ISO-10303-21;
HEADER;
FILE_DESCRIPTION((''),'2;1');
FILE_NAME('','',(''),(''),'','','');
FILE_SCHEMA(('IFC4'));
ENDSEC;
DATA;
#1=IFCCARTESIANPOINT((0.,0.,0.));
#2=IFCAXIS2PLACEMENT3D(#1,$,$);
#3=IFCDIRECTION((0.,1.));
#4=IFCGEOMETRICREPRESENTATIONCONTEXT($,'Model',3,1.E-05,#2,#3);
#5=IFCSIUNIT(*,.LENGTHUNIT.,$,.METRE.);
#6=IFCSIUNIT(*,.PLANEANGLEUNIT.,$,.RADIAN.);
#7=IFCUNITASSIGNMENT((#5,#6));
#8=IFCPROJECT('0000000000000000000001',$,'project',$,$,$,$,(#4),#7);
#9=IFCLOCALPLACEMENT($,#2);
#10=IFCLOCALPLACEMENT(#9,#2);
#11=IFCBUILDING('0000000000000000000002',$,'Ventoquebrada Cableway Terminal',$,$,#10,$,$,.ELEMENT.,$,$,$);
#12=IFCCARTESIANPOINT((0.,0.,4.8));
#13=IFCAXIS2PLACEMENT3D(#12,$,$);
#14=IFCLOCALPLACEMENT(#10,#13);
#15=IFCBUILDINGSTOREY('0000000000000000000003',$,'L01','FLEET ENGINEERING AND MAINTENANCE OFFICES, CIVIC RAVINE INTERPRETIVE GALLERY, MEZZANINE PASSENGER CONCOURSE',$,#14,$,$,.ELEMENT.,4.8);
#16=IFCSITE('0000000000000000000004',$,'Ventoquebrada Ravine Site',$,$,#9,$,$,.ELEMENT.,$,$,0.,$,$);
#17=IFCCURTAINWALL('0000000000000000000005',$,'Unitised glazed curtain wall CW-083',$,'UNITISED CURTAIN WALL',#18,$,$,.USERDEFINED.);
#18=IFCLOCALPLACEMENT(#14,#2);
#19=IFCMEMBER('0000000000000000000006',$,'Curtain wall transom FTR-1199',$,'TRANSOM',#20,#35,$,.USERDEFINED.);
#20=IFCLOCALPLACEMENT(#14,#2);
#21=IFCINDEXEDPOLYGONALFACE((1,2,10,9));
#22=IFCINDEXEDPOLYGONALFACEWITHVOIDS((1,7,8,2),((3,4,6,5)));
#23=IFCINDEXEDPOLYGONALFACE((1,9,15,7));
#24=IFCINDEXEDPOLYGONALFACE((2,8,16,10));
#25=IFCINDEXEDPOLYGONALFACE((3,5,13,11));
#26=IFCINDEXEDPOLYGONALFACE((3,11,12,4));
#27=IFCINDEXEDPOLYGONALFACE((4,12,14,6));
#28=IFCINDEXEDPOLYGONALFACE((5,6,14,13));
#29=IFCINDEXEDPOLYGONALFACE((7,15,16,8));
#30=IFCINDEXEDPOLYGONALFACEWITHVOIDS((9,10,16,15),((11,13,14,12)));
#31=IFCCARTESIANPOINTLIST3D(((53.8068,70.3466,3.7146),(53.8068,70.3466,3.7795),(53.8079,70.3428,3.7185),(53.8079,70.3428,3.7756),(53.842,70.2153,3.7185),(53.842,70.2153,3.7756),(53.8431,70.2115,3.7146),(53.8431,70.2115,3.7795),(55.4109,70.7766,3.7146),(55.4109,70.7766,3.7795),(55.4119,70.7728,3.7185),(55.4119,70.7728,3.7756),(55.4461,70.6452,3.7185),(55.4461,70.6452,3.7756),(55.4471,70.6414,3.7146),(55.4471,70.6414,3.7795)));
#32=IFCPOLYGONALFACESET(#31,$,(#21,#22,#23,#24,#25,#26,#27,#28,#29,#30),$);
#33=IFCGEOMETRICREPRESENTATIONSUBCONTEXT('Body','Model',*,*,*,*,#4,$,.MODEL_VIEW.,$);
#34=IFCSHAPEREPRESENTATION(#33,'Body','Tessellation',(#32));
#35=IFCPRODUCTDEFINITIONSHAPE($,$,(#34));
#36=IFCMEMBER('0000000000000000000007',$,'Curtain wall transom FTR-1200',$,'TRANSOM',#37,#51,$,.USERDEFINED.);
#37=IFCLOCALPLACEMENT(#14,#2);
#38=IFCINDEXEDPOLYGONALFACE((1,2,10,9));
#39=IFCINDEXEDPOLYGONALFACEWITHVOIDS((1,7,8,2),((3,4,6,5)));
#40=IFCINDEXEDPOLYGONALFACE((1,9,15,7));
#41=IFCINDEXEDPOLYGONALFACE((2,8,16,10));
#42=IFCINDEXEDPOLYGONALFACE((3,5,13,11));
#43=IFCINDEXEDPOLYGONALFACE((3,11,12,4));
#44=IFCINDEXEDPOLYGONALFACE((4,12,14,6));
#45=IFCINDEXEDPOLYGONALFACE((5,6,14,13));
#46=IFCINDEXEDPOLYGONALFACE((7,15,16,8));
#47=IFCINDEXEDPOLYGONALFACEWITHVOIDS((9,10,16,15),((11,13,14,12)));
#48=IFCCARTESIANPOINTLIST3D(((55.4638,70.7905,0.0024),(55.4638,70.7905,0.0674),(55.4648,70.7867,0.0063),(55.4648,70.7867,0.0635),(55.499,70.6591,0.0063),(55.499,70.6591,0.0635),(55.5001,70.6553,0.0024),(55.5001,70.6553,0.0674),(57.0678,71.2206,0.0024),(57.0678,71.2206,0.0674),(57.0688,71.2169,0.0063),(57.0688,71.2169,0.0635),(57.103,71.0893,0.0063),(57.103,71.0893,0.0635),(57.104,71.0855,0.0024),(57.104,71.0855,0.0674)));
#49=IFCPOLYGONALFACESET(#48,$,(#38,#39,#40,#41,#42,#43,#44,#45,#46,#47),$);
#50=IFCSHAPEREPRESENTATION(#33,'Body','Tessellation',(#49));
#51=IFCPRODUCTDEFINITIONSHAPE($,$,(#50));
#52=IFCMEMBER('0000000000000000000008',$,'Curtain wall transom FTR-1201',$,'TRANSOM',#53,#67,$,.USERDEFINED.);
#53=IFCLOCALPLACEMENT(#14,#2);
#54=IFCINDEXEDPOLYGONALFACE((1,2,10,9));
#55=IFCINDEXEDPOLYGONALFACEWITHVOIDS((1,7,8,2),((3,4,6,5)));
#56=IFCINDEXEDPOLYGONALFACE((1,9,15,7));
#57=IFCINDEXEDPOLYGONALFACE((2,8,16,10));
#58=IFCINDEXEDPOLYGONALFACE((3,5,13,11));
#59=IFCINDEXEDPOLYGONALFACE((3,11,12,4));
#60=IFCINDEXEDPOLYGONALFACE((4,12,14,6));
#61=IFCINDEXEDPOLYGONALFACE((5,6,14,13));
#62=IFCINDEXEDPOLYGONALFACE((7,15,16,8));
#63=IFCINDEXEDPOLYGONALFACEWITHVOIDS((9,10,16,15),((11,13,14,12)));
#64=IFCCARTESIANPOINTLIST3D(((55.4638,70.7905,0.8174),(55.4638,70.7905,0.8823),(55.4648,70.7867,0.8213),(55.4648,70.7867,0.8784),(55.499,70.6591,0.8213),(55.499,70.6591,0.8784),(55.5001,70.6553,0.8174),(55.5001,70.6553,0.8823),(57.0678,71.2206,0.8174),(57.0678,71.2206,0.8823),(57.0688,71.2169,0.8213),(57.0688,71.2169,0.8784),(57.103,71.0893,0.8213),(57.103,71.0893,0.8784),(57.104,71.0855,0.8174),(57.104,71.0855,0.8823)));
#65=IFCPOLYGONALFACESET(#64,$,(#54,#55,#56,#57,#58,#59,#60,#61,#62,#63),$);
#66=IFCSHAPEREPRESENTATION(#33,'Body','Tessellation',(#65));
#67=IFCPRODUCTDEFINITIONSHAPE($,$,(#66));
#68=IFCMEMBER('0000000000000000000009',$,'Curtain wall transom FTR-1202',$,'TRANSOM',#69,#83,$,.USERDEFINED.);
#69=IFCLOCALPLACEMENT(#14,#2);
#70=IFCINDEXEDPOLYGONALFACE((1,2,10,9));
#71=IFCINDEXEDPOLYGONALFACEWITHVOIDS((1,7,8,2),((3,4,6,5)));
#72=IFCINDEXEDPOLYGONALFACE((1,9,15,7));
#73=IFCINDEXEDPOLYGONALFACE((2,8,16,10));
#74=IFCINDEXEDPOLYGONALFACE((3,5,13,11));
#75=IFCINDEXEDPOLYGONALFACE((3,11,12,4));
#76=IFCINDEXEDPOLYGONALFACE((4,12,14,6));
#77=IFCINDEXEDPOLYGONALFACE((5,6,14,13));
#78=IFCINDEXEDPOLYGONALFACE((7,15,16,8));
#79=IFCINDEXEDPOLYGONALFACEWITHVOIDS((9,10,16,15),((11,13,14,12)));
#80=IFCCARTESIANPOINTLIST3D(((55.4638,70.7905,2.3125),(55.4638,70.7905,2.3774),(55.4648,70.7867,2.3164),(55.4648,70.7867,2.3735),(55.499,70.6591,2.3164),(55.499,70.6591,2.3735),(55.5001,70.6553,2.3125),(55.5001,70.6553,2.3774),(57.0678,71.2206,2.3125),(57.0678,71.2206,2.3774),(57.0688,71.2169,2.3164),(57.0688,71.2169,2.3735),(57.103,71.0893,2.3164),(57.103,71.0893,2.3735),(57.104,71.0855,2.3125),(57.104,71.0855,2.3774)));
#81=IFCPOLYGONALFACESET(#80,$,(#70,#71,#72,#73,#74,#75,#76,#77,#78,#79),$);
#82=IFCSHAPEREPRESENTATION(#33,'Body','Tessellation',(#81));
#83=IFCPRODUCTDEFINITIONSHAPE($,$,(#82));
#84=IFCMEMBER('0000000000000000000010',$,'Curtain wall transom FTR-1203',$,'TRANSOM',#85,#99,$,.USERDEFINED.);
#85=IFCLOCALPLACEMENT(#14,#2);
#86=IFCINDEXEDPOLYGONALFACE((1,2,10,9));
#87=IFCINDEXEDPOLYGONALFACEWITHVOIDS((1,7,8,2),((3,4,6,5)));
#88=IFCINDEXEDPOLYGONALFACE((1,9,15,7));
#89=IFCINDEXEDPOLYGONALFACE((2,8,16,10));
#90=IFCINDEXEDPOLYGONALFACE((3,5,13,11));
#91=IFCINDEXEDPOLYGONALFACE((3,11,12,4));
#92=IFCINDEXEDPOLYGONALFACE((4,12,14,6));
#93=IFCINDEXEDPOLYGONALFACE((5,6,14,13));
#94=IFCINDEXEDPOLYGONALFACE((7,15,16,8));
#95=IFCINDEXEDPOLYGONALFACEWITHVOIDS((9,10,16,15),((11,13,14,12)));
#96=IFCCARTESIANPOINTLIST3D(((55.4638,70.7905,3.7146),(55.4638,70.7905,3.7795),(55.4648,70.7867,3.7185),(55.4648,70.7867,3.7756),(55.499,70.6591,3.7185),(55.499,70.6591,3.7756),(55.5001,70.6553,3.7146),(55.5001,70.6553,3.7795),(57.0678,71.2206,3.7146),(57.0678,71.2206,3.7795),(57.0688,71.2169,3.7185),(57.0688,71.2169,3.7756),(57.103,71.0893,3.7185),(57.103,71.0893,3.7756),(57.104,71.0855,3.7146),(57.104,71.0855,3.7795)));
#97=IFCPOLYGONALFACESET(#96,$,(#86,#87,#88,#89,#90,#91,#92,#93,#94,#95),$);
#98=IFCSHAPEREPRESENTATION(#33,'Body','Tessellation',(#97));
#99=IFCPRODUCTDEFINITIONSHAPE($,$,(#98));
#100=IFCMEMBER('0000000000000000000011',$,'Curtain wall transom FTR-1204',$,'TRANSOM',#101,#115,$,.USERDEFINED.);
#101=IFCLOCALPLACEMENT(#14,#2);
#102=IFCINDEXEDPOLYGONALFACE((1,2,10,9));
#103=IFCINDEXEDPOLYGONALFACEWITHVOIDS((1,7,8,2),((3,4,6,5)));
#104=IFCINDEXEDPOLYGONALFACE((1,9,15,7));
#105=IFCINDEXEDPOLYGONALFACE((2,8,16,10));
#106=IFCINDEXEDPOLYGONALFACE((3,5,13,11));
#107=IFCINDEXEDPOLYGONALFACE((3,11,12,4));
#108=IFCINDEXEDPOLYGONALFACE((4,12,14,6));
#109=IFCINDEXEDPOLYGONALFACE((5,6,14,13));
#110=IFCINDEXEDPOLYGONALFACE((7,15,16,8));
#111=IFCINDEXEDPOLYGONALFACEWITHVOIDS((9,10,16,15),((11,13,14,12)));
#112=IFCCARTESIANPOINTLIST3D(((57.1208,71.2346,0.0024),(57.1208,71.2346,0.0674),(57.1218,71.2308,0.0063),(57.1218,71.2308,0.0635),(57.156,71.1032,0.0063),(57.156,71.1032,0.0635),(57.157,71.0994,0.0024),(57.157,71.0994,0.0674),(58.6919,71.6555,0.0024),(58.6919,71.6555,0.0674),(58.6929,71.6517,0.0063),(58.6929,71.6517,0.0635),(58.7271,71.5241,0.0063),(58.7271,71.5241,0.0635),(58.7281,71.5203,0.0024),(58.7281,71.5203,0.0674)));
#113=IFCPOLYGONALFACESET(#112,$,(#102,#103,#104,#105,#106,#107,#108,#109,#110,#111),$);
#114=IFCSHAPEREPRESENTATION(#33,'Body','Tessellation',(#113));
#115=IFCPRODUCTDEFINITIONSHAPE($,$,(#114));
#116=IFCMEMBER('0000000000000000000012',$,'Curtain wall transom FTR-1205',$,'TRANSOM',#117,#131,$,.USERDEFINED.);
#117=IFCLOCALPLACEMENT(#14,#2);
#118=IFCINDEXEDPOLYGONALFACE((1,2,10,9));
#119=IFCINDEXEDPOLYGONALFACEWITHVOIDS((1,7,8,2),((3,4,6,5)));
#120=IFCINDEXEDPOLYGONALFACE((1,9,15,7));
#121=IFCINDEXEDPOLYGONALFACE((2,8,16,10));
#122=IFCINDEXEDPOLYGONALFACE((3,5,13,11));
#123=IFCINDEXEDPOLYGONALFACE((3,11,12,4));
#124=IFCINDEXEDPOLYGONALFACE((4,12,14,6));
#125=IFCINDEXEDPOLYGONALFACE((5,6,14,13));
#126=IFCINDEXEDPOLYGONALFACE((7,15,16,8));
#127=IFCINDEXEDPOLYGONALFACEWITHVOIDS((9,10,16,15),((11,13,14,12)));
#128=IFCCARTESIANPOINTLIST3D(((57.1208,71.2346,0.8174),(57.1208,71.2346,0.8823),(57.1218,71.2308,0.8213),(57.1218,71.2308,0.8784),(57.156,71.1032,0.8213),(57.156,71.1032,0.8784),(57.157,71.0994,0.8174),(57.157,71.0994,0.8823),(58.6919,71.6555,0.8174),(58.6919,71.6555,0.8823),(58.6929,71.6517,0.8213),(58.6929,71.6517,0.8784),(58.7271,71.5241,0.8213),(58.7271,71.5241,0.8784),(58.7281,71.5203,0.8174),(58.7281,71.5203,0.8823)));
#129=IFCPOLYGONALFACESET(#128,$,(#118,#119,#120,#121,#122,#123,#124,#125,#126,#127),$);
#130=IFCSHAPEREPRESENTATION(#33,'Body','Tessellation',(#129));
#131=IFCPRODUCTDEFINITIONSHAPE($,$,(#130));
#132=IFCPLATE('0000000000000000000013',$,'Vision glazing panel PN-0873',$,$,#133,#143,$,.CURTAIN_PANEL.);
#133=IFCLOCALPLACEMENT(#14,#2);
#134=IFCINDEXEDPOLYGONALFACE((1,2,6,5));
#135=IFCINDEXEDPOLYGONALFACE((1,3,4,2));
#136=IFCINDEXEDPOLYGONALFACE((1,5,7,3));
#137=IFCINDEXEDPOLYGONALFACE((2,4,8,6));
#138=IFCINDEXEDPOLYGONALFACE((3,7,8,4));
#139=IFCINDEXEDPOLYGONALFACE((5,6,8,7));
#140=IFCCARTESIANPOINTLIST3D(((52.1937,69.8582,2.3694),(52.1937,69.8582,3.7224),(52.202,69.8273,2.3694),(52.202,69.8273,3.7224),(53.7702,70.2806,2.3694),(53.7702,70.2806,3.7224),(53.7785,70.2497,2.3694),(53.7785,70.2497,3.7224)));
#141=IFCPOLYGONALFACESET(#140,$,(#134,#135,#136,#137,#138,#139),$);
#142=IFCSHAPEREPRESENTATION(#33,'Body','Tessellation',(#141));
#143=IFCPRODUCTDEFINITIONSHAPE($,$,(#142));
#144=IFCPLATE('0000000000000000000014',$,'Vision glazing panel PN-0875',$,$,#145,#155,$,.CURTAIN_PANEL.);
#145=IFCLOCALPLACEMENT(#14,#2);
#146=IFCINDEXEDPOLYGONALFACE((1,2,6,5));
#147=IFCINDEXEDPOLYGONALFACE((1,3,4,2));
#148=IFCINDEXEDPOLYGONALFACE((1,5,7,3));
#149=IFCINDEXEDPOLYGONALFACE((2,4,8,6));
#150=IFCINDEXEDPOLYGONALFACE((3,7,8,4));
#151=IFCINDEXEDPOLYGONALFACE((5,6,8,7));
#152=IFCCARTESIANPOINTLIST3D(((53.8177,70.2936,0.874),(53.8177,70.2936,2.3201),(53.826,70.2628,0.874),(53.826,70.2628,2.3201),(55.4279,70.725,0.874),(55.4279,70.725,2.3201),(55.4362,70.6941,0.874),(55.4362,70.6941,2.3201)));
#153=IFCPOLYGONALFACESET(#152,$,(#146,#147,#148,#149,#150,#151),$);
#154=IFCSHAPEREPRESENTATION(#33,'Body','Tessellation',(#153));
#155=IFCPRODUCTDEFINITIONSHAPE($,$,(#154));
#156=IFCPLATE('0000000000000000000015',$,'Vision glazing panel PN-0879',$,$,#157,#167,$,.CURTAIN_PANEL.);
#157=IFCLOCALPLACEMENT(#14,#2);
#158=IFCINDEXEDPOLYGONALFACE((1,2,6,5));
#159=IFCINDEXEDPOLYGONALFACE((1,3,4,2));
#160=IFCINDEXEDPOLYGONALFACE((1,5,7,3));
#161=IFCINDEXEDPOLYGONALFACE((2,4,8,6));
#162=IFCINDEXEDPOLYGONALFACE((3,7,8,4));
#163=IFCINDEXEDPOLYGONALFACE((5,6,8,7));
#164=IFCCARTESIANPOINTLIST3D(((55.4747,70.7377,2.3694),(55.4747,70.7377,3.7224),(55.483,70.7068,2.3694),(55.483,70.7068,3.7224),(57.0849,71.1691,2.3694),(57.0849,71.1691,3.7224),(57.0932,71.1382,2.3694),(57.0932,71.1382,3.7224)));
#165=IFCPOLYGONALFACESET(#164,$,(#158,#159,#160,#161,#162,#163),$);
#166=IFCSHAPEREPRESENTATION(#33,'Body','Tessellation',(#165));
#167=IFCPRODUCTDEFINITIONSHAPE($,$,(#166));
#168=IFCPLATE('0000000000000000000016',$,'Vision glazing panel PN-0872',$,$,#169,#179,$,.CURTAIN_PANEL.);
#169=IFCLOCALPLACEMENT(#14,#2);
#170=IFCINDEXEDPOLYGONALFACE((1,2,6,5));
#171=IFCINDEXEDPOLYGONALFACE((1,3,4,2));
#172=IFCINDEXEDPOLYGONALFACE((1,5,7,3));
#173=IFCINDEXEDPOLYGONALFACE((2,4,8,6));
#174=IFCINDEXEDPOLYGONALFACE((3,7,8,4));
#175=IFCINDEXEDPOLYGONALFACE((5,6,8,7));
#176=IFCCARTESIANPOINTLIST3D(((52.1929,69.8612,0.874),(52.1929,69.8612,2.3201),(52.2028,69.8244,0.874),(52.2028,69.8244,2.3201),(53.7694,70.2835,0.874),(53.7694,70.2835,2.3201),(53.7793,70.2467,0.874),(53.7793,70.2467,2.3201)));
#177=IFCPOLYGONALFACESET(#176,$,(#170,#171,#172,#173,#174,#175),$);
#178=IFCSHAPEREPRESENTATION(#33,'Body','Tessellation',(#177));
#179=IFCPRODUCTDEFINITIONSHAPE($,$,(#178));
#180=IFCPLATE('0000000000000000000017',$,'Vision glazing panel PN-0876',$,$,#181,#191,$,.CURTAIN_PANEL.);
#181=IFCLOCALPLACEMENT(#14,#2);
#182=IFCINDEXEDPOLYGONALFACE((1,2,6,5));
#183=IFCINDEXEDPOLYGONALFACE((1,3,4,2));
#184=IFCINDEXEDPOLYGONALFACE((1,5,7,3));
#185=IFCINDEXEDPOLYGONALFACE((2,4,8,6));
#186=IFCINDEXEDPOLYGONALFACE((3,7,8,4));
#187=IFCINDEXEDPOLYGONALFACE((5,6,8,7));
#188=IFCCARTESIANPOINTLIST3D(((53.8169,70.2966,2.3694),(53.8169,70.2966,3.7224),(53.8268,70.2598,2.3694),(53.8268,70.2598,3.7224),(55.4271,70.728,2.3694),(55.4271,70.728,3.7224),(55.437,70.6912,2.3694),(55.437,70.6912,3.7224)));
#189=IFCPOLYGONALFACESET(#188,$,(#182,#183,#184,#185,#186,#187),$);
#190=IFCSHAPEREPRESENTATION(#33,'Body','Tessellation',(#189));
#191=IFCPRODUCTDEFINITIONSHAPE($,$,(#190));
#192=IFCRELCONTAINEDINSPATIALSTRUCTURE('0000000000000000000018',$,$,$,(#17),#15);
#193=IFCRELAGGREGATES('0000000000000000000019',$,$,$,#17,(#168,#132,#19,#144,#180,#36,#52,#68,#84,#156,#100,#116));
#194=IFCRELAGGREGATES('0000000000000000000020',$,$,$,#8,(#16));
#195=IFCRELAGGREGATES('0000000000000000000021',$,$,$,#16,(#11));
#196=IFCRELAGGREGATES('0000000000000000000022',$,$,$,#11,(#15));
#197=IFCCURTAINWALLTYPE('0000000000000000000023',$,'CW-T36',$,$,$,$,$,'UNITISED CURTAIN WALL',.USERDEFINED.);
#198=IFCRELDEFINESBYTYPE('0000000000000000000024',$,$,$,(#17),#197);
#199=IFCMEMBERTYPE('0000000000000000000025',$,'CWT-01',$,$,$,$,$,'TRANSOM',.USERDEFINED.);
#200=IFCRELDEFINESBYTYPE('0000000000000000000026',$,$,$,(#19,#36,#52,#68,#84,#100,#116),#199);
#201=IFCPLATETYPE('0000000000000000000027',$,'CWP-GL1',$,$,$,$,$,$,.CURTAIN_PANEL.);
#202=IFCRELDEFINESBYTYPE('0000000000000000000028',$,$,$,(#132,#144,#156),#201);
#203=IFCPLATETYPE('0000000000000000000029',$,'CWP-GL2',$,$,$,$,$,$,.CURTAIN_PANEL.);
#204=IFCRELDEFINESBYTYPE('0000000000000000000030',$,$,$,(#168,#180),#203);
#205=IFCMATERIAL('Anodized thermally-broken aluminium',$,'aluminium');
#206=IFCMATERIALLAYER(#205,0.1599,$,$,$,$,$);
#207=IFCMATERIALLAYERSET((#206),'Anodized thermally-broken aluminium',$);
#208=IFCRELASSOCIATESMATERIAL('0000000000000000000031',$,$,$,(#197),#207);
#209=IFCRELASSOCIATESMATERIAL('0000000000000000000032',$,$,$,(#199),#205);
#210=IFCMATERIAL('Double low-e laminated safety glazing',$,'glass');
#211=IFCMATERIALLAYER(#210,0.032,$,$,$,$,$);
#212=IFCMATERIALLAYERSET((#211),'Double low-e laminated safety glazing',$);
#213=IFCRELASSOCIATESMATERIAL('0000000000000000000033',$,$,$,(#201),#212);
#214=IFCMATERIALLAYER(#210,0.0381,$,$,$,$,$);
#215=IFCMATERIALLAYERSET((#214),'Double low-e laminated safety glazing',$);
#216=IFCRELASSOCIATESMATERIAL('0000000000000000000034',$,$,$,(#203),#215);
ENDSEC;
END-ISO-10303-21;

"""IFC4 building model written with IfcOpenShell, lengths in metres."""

from ifc_helpers import new_model, si_unit, direction, frame, origin, origin_2d, place, context, subcontext, project, spatial, rectangle, hollow_rectangle, extrude, material, layer, layer_set, material_profile, profile_set, type_object, element, aggregate, save


model = new_model("IFC4")

# Units and contexts
model_context = context("Model", 3, precision=1e-05, world=origin(), true_north=direction((0.0, 1.0)))
body_context = subcontext(model_context, "Body", "Model", "MODEL_VIEW")
ifc_project = project(units=[si_unit("LENGTHUNIT", "METRE"), si_unit("PLANEANGLEUNIT", "RADIAN")], contexts=[model_context])

# Site, building, storey
site_placement = place(None, origin())
site = spatial("IfcSite", under=ifc_project, at=site_placement, Name="Ventoquebrada Ravine Site", CompositionType="ELEMENT", RefElevation=0.0)
building_placement = place(site_placement, origin())
building = spatial("IfcBuilding", under=site, at=building_placement, Name="Ventoquebrada Cableway Terminal", CompositionType="ELEMENT")
storey_placement = place(building_placement, frame((0.0, 0.0, 4.8)))
storey = spatial("IfcBuildingStorey", under=building, at=storey_placement, Name="L01", Description="FLEET ENGINEERING AND MAINTENANCE OFFICES, CIVIC RAVINE INTERPRETIVE GALLERY, MEZZANINE PASSENGER CONCOURSE", CompositionType="ELEMENT", Elevation=4.8)

# Curtain wall, members, plates
ifc_material_1 = material(Name="Anodized thermally-broken aluminium", Category="aluminium")
ifc_layer_1 = layer(ifc_material_1, 0.1599)
ifc_layer_set_1 = layer_set([ifc_layer_1], Name="Anodized thermally-broken aluminium")
curtain_wall_type = type_object("IfcCurtainWallType", Name="CW-T36", ElementType="UNITISED CURTAIN WALL", PredefinedType="USERDEFINED", material=ifc_layer_set_1)
curtain_wall_placement = place(storey_placement, origin())
curtain_wall = element("IfcCurtainWall", 1, at=curtain_wall_placement, inside=storey, type_object=curtain_wall_type, Name="Unitised glazed curtain wall CW-083", ObjectType="UNITISED CURTAIN WALL", PredefinedType="USERDEFINED")
ifc_material_profile_1 = material_profile(ifc_material_1, hollow_rectangle(XDim=0.0649, YDim=0.1399, WallThickness=0.0039, at=origin_2d()), Name="CW-TRN-65X140")
ifc_profile_set_1 = profile_set([ifc_material_profile_1], Name="Anodized thermally-broken aluminium")
member_type_1 = type_object("IfcMemberType", Name="CWT-01", ElementType="TRANSOM", PredefinedType="USERDEFINED", material=ifc_profile_set_1)
member_1_placement = place(storey_placement, frame((53.825, 70.2791, 3.7471), z_axis=(0.965905, 0.258898, 0.0), x_axis=(0.0, 0.0, 1.0)))
member_1 = element("IfcMember", 2, at=member_1_placement, type_object=member_type_1, Name="Curtain wall transom FTR-1199", ObjectType="TRANSOM", PredefinedType="USERDEFINED", context=body_context, shape_type="SweptSolid", body=[
    extrude(hollow_rectangle(XDim=0.0649, YDim=0.1399, WallThickness=0.0039, at=origin_2d()), origin(), (0.0, 0.0, 1.0), 1.6606),
])
member_2_placement = place(storey_placement, frame((55.4819, 70.7229, 0.0349), z_axis=(0.965868, 0.259035, 0.0), x_axis=(0.0, 0.0, 1.0)))
member_2 = element("IfcMember", 3, at=member_2_placement, type_object=member_type_1, Name="Curtain wall transom FTR-1200", ObjectType="TRANSOM", PredefinedType="USERDEFINED", context=body_context, shape_type="SweptSolid", body=[
    extrude(hollow_rectangle(XDim=0.0649, YDim=0.1399, WallThickness=0.0039, at=origin_2d()), origin(), (0.0, 0.0, 1.0), 1.6606),
])
member_3_placement = place(storey_placement, frame((55.4819, 70.7229, 0.8499), z_axis=(0.965868, 0.259035, 0.0), x_axis=(0.0, 0.0, 1.0)))
member_3 = element("IfcMember", 4, at=member_3_placement, type_object=member_type_1, Name="Curtain wall transom FTR-1201", ObjectType="TRANSOM", PredefinedType="USERDEFINED", context=body_context, shape_type="SweptSolid", body=[
    extrude(hollow_rectangle(XDim=0.0649, YDim=0.1399, WallThickness=0.0039, at=origin_2d()), origin(), (0.0, 0.0, 1.0), 1.6606),
])
member_4_placement = place(storey_placement, frame((55.4819, 70.7229, 2.345), z_axis=(0.965868, 0.259035, 0.0), x_axis=(0.0, 0.0, 1.0)))
member_4 = element("IfcMember", 5, at=member_4_placement, type_object=member_type_1, Name="Curtain wall transom FTR-1202", ObjectType="TRANSOM", PredefinedType="USERDEFINED", context=body_context, shape_type="SweptSolid", body=[
    extrude(hollow_rectangle(XDim=0.0649, YDim=0.1399, WallThickness=0.0039, at=origin_2d()), origin(), (0.0, 0.0, 1.0), 1.6606),
])
member_5_placement = place(storey_placement, frame((55.4819, 70.7229, 3.7471), z_axis=(0.965868, 0.259035, 0.0), x_axis=(0.0, 0.0, 1.0)))
member_5 = element("IfcMember", 6, at=member_5_placement, type_object=member_type_1, Name="Curtain wall transom FTR-1203", ObjectType="TRANSOM", PredefinedType="USERDEFINED", context=body_context, shape_type="SweptSolid", body=[
    extrude(hollow_rectangle(XDim=0.0649, YDim=0.1399, WallThickness=0.0039, at=origin_2d()), origin(), (0.0, 0.0, 1.0), 1.6606),
])
member_6_placement = place(storey_placement, frame((57.1389, 71.167, 0.0349), z_axis=(0.965935, 0.258784, 0.0), x_axis=(0.0, 0.0, 1.0)))
member_6 = element("IfcMember", 7, at=member_6_placement, type_object=member_type_1, Name="Curtain wall transom FTR-1204", ObjectType="TRANSOM", PredefinedType="USERDEFINED", context=body_context, shape_type="SweptSolid", body=[
    extrude(hollow_rectangle(XDim=0.0649, YDim=0.1399, WallThickness=0.0039, at=origin_2d()), origin(), (0.0, 0.0, 1.0), 1.6265),
])
member_7_placement = place(storey_placement, frame((57.1389, 71.167, 0.8499), z_axis=(0.965935, 0.258784, 0.0), x_axis=(0.0, 0.0, 1.0)))
member_7 = element("IfcMember", 8, at=member_7_placement, type_object=member_type_1, Name="Curtain wall transom FTR-1205", ObjectType="TRANSOM", PredefinedType="USERDEFINED", context=body_context, shape_type="SweptSolid", body=[
    extrude(hollow_rectangle(XDim=0.0649, YDim=0.1399, WallThickness=0.0039, at=origin_2d()), origin(), (0.0, 0.0, 1.0), 1.6265),
])
ifc_material_2 = material(Name="Double low-e laminated safety glazing", Category="glass")
ifc_layer_2 = layer(ifc_material_2, 0.032)
ifc_layer_set_2 = layer_set([ifc_layer_2], Name="Double low-e laminated safety glazing")
plate_type_1 = type_object("IfcPlateType", Name="CWP-GL1", PredefinedType="CURTAIN_PANEL", material=ifc_layer_set_2)
plate_1_placement = place(storey_placement, frame((52.9861, 70.054, 2.3694), z_axis=(0.0, 0.0, 1.0), x_axis=(0.965935, 0.258785, 0.0)))
plate_1 = element("IfcPlate", 9, at=plate_1_placement, type_object=plate_type_1, Name="Vision glazing panel PN-0873", PredefinedType="CURTAIN_PANEL", context=body_context, shape_type="SweptSolid", body=[
    extrude(rectangle(XDim=1.6321, YDim=0.032, at=origin_2d()), origin(), (0.0, 0.0, 1.0), 1.353),
])
plate_2_placement = place(storey_placement, frame((54.627, 70.4939, 0.874), z_axis=(0.0, 0.0, 1.0), x_axis=(0.965935, 0.258785, 0.0)))
plate_2 = element("IfcPlate", 10, at=plate_2_placement, type_object=plate_type_1, Name="Vision glazing panel PN-0875", PredefinedType="CURTAIN_PANEL", context=body_context, shape_type="SweptSolid", body=[
    extrude(rectangle(XDim=1.667, YDim=0.032, at=origin_2d()), origin(), (0.0, 0.0, 1.0), 1.446),
])
plate_3_placement = place(storey_placement, frame((56.2839, 70.938, 2.3694), z_axis=(0.0, 0.0, 1.0), x_axis=(0.965935, 0.258785, 0.0)))
plate_3 = element("IfcPlate", 11, at=plate_3_placement, type_object=plate_type_1, Name="Vision glazing panel PN-0879", PredefinedType="CURTAIN_PANEL", context=body_context, shape_type="SweptSolid", body=[
    extrude(rectangle(XDim=1.667, YDim=0.032, at=origin_2d()), origin(), (0.0, 0.0, 1.0), 1.353),
])
ifc_layer_3 = layer(ifc_material_2, 0.0381)
ifc_layer_set_3 = layer_set([ifc_layer_3], Name="Double low-e laminated safety glazing")
plate_type_2 = type_object("IfcPlateType", Name="CWP-GL2", PredefinedType="CURTAIN_PANEL", material=ifc_layer_set_3)
plate_4_placement = place(storey_placement, frame((52.9861, 70.054, 0.874), z_axis=(0.0, 0.0, 1.0), x_axis=(0.965935, 0.258785, 0.0)))
plate_4 = element("IfcPlate", 12, at=plate_4_placement, type_object=plate_type_2, Name="Vision glazing panel PN-0872", PredefinedType="CURTAIN_PANEL", context=body_context, shape_type="SweptSolid", body=[
    extrude(rectangle(XDim=1.6321, YDim=0.0381, at=origin_2d()), origin(), (0.0, 0.0, 1.0), 1.446),
])
plate_5_placement = place(storey_placement, frame((54.627, 70.4939, 2.3694), z_axis=(0.0, 0.0, 1.0), x_axis=(0.965935, 0.258785, 0.0)))
plate_5 = element("IfcPlate", 13, at=plate_5_placement, type_object=plate_type_2, Name="Vision glazing panel PN-0876", PredefinedType="CURTAIN_PANEL", context=body_context, shape_type="SweptSolid", body=[
    extrude(rectangle(XDim=1.667, YDim=0.0381, at=origin_2d()), origin(), (0.0, 0.0, 1.0), 1.353),
])
aggregate(curtain_wall, [plate_4, plate_1, member_1, plate_2, plate_5, member_2, member_3, member_4, member_5, plate_3, member_6, member_7])

save(model, "model.ifc")
